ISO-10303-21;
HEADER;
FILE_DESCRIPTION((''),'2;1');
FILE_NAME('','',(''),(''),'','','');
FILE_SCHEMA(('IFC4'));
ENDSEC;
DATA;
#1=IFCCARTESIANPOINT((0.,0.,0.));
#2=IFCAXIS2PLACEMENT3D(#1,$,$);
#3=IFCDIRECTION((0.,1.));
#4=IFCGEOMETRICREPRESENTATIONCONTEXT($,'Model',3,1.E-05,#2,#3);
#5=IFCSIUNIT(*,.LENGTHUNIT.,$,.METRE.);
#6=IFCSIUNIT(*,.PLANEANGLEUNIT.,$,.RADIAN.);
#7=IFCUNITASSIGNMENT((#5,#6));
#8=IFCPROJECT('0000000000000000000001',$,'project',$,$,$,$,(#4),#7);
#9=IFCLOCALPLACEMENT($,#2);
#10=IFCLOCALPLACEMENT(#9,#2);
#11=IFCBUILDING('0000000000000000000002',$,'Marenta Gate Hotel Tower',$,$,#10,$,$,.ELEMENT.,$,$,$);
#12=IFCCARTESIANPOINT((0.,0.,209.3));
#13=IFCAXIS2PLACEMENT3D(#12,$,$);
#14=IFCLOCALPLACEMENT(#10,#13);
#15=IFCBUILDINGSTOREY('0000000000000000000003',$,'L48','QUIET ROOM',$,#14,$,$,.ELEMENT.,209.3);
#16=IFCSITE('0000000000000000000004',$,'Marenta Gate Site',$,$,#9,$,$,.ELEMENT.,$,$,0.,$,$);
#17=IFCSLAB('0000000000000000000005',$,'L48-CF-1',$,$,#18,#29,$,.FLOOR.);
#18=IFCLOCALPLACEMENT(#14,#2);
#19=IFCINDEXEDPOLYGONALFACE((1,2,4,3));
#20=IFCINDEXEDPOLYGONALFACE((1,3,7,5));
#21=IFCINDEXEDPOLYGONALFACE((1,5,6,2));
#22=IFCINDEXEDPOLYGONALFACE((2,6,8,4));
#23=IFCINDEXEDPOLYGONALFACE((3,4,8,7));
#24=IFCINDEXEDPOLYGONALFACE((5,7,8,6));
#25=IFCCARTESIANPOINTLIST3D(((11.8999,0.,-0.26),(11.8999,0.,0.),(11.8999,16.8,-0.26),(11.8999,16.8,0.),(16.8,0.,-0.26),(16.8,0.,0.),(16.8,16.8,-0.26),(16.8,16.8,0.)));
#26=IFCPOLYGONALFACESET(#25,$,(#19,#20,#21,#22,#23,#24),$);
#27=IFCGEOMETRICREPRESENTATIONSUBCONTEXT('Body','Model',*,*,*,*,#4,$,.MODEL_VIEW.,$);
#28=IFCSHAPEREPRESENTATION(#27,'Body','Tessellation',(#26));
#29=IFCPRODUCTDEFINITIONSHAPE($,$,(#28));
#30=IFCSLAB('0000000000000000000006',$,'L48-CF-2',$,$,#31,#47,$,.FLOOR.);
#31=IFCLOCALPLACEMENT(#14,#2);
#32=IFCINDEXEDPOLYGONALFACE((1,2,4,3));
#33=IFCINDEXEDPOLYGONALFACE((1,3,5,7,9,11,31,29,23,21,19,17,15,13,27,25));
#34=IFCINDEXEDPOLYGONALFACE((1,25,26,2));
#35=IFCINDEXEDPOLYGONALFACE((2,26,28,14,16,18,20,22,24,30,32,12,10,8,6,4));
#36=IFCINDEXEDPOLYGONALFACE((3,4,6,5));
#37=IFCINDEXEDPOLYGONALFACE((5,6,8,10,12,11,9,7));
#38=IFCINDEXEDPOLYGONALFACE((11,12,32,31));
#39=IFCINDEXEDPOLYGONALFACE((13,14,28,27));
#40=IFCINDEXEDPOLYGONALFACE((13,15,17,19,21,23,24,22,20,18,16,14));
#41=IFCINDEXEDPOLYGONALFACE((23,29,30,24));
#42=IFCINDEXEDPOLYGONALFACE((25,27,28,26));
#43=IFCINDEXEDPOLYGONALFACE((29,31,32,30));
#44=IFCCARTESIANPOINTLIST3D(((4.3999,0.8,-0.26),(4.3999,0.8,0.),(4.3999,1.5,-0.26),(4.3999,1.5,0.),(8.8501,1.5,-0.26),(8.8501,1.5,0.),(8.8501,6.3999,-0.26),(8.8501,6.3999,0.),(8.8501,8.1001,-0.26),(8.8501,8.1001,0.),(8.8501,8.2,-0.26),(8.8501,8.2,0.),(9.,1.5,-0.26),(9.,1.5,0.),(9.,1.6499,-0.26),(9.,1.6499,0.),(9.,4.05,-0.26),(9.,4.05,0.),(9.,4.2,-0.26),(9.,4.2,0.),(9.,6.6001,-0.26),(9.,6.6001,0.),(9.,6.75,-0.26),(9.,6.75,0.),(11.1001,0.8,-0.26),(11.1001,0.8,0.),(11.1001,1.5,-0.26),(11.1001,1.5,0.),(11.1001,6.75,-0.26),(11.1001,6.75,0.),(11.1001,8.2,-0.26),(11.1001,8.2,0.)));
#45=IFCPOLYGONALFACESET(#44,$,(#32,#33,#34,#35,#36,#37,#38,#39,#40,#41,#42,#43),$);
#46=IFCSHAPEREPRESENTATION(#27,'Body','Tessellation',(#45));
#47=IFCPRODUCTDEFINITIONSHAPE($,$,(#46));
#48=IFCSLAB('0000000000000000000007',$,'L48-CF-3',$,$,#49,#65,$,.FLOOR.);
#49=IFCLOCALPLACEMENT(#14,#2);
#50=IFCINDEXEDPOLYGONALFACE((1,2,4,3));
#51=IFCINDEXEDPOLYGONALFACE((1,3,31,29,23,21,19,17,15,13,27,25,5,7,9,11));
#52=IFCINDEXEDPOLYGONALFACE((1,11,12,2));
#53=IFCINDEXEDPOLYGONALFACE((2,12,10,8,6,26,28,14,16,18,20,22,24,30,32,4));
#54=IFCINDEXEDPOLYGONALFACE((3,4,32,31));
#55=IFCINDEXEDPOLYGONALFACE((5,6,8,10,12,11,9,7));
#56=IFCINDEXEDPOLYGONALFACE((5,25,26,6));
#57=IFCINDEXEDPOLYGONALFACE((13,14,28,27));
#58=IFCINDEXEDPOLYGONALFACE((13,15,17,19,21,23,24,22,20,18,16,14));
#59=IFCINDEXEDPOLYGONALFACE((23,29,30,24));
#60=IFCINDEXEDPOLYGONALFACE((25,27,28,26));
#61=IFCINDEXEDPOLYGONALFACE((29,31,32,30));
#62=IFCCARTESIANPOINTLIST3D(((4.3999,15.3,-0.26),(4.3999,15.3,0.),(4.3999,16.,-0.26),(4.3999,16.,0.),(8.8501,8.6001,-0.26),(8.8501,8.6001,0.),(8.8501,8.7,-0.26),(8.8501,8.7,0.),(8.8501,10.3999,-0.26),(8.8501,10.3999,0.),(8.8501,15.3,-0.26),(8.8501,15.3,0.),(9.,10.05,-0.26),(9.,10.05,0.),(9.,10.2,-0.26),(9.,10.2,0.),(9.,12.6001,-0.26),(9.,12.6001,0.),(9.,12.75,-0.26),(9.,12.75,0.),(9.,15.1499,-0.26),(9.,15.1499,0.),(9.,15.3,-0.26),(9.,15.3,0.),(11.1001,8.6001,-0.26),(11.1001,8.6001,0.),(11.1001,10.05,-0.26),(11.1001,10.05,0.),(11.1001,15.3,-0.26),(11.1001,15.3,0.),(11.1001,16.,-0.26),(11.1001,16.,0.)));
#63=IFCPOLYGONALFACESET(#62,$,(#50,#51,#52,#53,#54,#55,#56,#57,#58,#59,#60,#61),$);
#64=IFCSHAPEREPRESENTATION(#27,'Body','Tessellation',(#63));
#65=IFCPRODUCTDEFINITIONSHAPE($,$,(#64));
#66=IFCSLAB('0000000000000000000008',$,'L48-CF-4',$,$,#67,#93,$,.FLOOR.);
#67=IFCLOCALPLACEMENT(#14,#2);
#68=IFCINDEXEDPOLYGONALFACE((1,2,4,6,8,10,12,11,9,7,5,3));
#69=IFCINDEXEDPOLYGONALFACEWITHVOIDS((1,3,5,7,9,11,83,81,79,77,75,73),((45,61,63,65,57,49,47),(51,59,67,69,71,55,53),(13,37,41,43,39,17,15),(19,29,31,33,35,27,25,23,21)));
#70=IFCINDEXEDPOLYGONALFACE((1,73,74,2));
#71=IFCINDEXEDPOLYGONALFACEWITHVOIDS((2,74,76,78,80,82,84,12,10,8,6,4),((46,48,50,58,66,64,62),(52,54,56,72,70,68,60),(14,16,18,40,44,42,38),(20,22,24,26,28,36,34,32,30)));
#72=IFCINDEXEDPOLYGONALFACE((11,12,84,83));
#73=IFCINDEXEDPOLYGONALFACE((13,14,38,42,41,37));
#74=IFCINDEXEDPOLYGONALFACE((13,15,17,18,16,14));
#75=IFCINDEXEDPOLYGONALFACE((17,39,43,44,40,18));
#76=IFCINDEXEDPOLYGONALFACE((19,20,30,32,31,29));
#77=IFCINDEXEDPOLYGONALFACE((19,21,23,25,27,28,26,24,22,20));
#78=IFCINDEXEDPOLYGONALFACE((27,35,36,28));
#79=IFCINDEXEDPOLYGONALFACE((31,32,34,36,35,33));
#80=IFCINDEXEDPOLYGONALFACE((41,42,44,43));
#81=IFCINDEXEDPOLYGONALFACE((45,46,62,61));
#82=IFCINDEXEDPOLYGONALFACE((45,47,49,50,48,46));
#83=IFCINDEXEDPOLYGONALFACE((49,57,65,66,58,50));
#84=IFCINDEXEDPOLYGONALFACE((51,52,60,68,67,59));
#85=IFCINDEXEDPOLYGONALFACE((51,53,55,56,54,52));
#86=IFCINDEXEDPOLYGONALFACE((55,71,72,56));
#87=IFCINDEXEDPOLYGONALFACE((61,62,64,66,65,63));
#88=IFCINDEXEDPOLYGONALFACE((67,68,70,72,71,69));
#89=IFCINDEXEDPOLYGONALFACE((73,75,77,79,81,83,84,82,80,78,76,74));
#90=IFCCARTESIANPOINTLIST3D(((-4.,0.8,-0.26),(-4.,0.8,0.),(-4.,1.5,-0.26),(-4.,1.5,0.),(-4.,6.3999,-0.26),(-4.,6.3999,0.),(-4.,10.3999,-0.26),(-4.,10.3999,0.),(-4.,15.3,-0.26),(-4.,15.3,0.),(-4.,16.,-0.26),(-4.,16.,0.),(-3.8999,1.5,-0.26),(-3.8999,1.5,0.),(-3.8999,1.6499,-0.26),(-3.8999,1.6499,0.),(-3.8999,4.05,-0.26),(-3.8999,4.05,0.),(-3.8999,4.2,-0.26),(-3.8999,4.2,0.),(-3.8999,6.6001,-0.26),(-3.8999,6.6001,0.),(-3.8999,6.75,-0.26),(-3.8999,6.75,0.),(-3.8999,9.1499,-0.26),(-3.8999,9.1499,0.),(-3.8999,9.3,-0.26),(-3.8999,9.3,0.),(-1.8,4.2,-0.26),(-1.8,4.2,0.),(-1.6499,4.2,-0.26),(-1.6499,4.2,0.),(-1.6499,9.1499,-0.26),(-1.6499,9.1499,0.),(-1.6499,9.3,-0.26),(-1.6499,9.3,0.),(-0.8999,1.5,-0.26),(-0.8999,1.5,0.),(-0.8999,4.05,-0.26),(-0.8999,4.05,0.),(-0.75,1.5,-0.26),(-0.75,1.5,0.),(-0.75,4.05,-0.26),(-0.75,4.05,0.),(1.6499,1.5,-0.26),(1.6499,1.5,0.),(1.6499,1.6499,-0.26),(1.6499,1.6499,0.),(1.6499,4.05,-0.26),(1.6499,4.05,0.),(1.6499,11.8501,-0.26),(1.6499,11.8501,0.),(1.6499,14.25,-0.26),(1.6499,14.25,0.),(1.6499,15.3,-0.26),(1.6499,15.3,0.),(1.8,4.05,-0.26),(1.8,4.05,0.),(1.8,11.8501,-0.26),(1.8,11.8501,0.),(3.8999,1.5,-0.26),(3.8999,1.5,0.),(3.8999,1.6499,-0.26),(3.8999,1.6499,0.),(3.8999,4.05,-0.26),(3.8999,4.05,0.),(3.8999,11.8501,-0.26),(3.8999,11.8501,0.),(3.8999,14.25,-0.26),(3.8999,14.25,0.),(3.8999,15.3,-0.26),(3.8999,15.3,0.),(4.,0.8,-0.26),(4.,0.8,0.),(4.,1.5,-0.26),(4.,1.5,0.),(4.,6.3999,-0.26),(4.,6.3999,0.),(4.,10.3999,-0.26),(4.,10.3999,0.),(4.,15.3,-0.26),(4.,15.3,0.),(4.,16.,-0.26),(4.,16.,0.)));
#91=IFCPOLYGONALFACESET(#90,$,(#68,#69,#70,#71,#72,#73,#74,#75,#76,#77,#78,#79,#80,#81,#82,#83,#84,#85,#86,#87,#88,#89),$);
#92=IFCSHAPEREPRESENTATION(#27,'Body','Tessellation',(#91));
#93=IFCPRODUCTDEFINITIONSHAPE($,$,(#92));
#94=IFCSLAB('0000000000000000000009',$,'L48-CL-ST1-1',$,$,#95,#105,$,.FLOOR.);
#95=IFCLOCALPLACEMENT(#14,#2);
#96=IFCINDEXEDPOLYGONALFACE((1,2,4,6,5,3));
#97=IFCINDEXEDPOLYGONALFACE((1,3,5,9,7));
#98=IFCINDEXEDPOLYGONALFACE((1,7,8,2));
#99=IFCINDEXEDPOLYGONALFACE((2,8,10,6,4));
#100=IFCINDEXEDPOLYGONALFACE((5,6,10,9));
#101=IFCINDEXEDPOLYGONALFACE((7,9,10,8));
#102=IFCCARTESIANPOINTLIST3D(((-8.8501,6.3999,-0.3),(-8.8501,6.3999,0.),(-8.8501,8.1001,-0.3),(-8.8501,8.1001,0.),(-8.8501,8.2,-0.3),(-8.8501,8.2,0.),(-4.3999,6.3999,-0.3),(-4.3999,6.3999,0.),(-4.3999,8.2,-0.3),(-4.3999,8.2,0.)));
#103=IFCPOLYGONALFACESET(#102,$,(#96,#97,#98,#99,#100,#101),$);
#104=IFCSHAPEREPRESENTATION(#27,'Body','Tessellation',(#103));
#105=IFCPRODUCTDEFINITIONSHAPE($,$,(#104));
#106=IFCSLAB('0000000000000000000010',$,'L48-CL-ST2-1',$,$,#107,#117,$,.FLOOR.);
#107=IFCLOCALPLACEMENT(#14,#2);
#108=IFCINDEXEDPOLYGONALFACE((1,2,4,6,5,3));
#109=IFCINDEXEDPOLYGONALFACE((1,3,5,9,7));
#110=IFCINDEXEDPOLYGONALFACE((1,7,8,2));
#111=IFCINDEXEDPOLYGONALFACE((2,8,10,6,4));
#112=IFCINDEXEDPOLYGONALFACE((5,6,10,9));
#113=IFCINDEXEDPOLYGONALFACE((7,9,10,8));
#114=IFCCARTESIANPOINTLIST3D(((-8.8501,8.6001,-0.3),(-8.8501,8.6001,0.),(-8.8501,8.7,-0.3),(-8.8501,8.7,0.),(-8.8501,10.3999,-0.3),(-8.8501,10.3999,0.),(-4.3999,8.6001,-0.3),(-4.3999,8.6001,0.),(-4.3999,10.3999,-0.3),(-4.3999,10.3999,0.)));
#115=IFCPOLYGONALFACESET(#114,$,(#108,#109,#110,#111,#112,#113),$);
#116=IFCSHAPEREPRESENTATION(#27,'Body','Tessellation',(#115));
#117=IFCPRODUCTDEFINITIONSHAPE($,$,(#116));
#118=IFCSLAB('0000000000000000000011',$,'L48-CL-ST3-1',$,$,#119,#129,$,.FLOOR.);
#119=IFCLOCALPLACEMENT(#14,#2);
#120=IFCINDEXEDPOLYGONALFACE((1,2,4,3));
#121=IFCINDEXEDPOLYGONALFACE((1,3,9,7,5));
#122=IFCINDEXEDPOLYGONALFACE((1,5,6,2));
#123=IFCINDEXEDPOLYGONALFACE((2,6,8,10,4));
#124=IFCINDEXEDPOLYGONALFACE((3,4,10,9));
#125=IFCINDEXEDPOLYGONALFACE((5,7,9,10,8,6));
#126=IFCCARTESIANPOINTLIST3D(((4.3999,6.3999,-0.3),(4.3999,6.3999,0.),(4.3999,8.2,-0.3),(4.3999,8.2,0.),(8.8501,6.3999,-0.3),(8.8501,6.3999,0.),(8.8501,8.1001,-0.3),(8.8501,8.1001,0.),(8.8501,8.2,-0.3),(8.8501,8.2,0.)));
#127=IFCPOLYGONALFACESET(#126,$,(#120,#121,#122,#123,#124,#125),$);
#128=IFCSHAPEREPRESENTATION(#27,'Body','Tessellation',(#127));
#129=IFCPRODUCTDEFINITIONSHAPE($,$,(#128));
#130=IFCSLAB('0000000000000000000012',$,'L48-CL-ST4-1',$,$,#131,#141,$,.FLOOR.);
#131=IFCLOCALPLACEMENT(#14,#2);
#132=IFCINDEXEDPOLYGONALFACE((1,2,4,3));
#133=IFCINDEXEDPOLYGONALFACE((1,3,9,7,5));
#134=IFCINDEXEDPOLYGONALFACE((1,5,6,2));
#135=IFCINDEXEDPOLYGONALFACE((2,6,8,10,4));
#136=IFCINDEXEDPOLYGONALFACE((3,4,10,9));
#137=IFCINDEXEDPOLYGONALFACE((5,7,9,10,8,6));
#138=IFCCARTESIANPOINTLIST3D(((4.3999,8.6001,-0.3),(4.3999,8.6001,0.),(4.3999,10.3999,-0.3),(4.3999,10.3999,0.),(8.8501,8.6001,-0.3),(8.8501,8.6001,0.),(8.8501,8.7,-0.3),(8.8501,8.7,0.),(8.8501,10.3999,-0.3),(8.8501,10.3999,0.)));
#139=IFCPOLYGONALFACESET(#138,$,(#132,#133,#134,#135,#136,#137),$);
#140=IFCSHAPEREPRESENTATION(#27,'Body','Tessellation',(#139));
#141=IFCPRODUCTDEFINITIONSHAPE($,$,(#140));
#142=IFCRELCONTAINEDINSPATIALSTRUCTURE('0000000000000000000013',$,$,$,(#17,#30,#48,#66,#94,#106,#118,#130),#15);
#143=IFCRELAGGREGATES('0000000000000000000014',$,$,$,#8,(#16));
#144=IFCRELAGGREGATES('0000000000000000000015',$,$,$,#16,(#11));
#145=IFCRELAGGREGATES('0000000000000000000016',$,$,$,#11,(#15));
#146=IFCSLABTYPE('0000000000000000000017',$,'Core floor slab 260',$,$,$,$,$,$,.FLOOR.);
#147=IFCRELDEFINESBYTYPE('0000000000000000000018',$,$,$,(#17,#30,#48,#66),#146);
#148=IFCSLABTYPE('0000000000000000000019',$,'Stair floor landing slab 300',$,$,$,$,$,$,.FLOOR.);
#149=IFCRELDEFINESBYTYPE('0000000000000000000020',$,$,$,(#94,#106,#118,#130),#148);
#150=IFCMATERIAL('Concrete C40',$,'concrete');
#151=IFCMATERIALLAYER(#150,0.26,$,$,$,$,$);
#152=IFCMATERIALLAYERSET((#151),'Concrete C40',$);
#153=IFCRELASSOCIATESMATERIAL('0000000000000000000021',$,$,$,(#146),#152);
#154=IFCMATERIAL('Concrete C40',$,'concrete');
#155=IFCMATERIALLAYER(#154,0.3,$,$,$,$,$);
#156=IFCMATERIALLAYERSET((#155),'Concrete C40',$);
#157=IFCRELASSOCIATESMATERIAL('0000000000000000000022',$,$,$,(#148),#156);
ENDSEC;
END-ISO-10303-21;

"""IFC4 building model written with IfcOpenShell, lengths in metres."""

from ifc_helpers import new_model, si_unit, direction, frame, origin, place, context, subcontext, project, spatial, polyline, outline, extrude, material, layer, layer_set, type_object, element, save


model = new_model("IFC4")

# Units and contexts
model_context = context("Model", 3, precision=1e-05, world=origin(), true_north=direction((0.0, 1.0)))
body_context = subcontext(model_context, "Body", "Model", "MODEL_VIEW")
ifc_project = project(units=[si_unit("LENGTHUNIT", "METRE"), si_unit("PLANEANGLEUNIT", "RADIAN")], contexts=[model_context])

# Site, building, storey
site_placement = place(None, origin())
site = spatial("IfcSite", under=ifc_project, at=site_placement, Name="Marenta Gate Site", CompositionType="ELEMENT", RefElevation=0.0)
building_placement = place(site_placement, origin())
building = spatial("IfcBuilding", under=site, at=building_placement, Name="Marenta Gate Hotel Tower", CompositionType="ELEMENT")
storey_placement = place(building_placement, frame((0.0, 0.0, 209.3)))
storey = spatial("IfcBuildingStorey", under=building, at=storey_placement, Name="L48", Description="QUIET ROOM", CompositionType="ELEMENT", Elevation=209.3)

# Slabs
ifc_material_1 = material(Name="Concrete C40", Category="concrete")
ifc_layer_1 = layer(ifc_material_1, 0.26)
ifc_layer_set_1 = layer_set([ifc_layer_1], Name="Concrete C40")
slab_type_1 = type_object("IfcSlabType", Name="Core floor slab 260", PredefinedType="FLOOR", material=ifc_layer_set_1)
slab_1_placement = place(storey_placement, frame((0.0, 0.0, -0.26)))
element("IfcSlab", 1, at=slab_1_placement, inside=storey, type_object=slab_type_1, Name="L48-CF-1", PredefinedType="FLOOR", context=body_context, shape_type="SweptSolid", body=[
    extrude(outline(polyline([(11.8999, 0.0), (11.8999, 16.8), (16.8, 16.8), (16.8, 0.0), (11.8999, 0.0)])), origin(), (0.0, 0.0, 1.0), 0.26),
])
slab_2_placement = place(storey_placement, frame((0.0, 0.0, -0.26)))
element("IfcSlab", 2, at=slab_2_placement, inside=storey, type_object=slab_type_1, Name="L48-CF-2", PredefinedType="FLOOR", context=body_context, shape_type="SweptSolid", body=[
    extrude(outline(polyline([(8.8501, 1.5), (8.8501, 6.3999), (8.8501, 8.1001), (8.8501, 8.2), (11.1001, 8.2), (11.1001, 6.75), (9.0, 6.75), (9.0, 6.6001), (9.0, 4.2), (9.0, 4.05), (9.0, 1.6499), (9.0, 1.5), (11.1001, 1.5), (11.1001, 0.8), (4.3999, 0.8), (4.3999, 1.5), (8.8501, 1.5)])), origin(), (0.0, 0.0, 1.0), 0.26),
])
slab_3_placement = place(storey_placement, frame((0.0, 0.0, -0.26)))
element("IfcSlab", 3, at=slab_3_placement, inside=storey, type_object=slab_type_1, Name="L48-CF-3", PredefinedType="FLOOR", context=body_context, shape_type="SweptSolid", body=[
    extrude(outline(polyline([(8.8501, 15.3), (4.3999, 15.3), (4.3999, 16.0), (11.1001, 16.0), (11.1001, 15.3), (9.0, 15.3), (9.0, 15.1499), (9.0, 12.75), (9.0, 12.6001), (9.0, 10.2), (9.0, 10.05), (11.1001, 10.05), (11.1001, 8.6001), (8.8501, 8.6001), (8.8501, 8.7), (8.8501, 10.3999), (8.8501, 15.3)])), origin(), (0.0, 0.0, 1.0), 0.26),
])
slab_4_placement = place(storey_placement, frame((0.0, 0.0, -0.26)))
element("IfcSlab", 4, at=slab_4_placement, inside=storey, type_object=slab_type_1, Name="L48-CF-4", PredefinedType="FLOOR", context=body_context, shape_type="SweptSolid", body=[
    extrude(outline(polyline([(4.0, 15.3), (4.0, 10.3999), (4.0, 6.3999), (4.0, 1.5), (4.0, 0.8), (-4.0, 0.8), (-4.0, 1.5), (-4.0, 6.3999), (-4.0, 10.3999), (-4.0, 15.3), (-4.0, 16.0), (4.0, 16.0), (4.0, 15.3)]), holes=[polyline([(1.6499, 14.25), (1.6499, 11.8501), (1.8, 11.8501), (3.8999, 11.8501), (3.8999, 14.25), (3.8999, 15.3), (1.6499, 15.3), (1.6499, 14.25)]), polyline([(3.8999, 1.6499), (3.8999, 4.05), (1.8, 4.05), (1.6499, 4.05), (1.6499, 1.6499), (1.6499, 1.5), (3.8999, 1.5), (3.8999, 1.6499)]), polyline([(-3.8999, 1.6499), (-3.8999, 1.5), (-0.8999, 1.5), (-0.75, 1.5), (-0.75, 4.05), (-0.8999, 4.05), (-3.8999, 4.05), (-3.8999, 1.6499)]), polyline([(-1.8, 4.2), (-1.6499, 4.2), (-1.6499, 9.1499), (-1.6499, 9.3), (-3.8999, 9.3), (-3.8999, 9.1499), (-3.8999, 6.75), (-3.8999, 6.6001), (-3.8999, 4.2), (-1.8, 4.2)])]), origin(), (0.0, 0.0, 1.0), 0.26),
])
ifc_material_2 = material(Name="Concrete C40", Category="concrete")
ifc_layer_2 = layer(ifc_material_2, 0.3)
ifc_layer_set_2 = layer_set([ifc_layer_2], Name="Concrete C40")
slab_type_2 = type_object("IfcSlabType", Name="Stair floor landing slab 300", PredefinedType="FLOOR", material=ifc_layer_set_2)
slab_5_placement = place(storey_placement, frame((0.0, 0.0, -0.3)))
element("IfcSlab", 5, at=slab_5_placement, inside=storey, type_object=slab_type_2, Name="L48-CL-ST1-1", PredefinedType="FLOOR", context=body_context, shape_type="SweptSolid", body=[
    extrude(outline(polyline([(-4.3999, 6.3999), (-8.8501, 6.3999), (-8.8501, 8.1001), (-8.8501, 8.2), (-4.3999, 8.2), (-4.3999, 6.3999)])), origin(), (0.0, 0.0, 1.0), 0.3),
])
slab_6_placement = place(storey_placement, frame((0.0, 0.0, -0.3)))
element("IfcSlab", 6, at=slab_6_placement, inside=storey, type_object=slab_type_2, Name="L48-CL-ST2-1", PredefinedType="FLOOR", context=body_context, shape_type="SweptSolid", body=[
    extrude(outline(polyline([(-4.3999, 8.6001), (-8.8501, 8.6001), (-8.8501, 8.7), (-8.8501, 10.3999), (-4.3999, 10.3999), (-4.3999, 8.6001)])), origin(), (0.0, 0.0, 1.0), 0.3),
])
slab_7_placement = place(storey_placement, frame((0.0, 0.0, -0.3)))
element("IfcSlab", 7, at=slab_7_placement, inside=storey, type_object=slab_type_2, Name="L48-CL-ST3-1", PredefinedType="FLOOR", context=body_context, shape_type="SweptSolid", body=[
    extrude(outline(polyline([(4.3999, 6.3999), (4.3999, 8.2), (8.8501, 8.2), (8.8501, 8.1001), (8.8501, 6.3999), (4.3999, 6.3999)])), origin(), (0.0, 0.0, 1.0), 0.3),
])
slab_8_placement = place(storey_placement, frame((0.0, 0.0, -0.3)))
element("IfcSlab", 8, at=slab_8_placement, inside=storey, type_object=slab_type_2, Name="L48-CL-ST4-1", PredefinedType="FLOOR", context=body_context, shape_type="SweptSolid", body=[
    extrude(outline(polyline([(4.3999, 8.6001), (4.3999, 10.3999), (8.8501, 10.3999), (8.8501, 8.7), (8.8501, 8.6001), (4.3999, 8.6001)])), origin(), (0.0, 0.0, 1.0), 0.3),
])

save(model, "model.ifc")
